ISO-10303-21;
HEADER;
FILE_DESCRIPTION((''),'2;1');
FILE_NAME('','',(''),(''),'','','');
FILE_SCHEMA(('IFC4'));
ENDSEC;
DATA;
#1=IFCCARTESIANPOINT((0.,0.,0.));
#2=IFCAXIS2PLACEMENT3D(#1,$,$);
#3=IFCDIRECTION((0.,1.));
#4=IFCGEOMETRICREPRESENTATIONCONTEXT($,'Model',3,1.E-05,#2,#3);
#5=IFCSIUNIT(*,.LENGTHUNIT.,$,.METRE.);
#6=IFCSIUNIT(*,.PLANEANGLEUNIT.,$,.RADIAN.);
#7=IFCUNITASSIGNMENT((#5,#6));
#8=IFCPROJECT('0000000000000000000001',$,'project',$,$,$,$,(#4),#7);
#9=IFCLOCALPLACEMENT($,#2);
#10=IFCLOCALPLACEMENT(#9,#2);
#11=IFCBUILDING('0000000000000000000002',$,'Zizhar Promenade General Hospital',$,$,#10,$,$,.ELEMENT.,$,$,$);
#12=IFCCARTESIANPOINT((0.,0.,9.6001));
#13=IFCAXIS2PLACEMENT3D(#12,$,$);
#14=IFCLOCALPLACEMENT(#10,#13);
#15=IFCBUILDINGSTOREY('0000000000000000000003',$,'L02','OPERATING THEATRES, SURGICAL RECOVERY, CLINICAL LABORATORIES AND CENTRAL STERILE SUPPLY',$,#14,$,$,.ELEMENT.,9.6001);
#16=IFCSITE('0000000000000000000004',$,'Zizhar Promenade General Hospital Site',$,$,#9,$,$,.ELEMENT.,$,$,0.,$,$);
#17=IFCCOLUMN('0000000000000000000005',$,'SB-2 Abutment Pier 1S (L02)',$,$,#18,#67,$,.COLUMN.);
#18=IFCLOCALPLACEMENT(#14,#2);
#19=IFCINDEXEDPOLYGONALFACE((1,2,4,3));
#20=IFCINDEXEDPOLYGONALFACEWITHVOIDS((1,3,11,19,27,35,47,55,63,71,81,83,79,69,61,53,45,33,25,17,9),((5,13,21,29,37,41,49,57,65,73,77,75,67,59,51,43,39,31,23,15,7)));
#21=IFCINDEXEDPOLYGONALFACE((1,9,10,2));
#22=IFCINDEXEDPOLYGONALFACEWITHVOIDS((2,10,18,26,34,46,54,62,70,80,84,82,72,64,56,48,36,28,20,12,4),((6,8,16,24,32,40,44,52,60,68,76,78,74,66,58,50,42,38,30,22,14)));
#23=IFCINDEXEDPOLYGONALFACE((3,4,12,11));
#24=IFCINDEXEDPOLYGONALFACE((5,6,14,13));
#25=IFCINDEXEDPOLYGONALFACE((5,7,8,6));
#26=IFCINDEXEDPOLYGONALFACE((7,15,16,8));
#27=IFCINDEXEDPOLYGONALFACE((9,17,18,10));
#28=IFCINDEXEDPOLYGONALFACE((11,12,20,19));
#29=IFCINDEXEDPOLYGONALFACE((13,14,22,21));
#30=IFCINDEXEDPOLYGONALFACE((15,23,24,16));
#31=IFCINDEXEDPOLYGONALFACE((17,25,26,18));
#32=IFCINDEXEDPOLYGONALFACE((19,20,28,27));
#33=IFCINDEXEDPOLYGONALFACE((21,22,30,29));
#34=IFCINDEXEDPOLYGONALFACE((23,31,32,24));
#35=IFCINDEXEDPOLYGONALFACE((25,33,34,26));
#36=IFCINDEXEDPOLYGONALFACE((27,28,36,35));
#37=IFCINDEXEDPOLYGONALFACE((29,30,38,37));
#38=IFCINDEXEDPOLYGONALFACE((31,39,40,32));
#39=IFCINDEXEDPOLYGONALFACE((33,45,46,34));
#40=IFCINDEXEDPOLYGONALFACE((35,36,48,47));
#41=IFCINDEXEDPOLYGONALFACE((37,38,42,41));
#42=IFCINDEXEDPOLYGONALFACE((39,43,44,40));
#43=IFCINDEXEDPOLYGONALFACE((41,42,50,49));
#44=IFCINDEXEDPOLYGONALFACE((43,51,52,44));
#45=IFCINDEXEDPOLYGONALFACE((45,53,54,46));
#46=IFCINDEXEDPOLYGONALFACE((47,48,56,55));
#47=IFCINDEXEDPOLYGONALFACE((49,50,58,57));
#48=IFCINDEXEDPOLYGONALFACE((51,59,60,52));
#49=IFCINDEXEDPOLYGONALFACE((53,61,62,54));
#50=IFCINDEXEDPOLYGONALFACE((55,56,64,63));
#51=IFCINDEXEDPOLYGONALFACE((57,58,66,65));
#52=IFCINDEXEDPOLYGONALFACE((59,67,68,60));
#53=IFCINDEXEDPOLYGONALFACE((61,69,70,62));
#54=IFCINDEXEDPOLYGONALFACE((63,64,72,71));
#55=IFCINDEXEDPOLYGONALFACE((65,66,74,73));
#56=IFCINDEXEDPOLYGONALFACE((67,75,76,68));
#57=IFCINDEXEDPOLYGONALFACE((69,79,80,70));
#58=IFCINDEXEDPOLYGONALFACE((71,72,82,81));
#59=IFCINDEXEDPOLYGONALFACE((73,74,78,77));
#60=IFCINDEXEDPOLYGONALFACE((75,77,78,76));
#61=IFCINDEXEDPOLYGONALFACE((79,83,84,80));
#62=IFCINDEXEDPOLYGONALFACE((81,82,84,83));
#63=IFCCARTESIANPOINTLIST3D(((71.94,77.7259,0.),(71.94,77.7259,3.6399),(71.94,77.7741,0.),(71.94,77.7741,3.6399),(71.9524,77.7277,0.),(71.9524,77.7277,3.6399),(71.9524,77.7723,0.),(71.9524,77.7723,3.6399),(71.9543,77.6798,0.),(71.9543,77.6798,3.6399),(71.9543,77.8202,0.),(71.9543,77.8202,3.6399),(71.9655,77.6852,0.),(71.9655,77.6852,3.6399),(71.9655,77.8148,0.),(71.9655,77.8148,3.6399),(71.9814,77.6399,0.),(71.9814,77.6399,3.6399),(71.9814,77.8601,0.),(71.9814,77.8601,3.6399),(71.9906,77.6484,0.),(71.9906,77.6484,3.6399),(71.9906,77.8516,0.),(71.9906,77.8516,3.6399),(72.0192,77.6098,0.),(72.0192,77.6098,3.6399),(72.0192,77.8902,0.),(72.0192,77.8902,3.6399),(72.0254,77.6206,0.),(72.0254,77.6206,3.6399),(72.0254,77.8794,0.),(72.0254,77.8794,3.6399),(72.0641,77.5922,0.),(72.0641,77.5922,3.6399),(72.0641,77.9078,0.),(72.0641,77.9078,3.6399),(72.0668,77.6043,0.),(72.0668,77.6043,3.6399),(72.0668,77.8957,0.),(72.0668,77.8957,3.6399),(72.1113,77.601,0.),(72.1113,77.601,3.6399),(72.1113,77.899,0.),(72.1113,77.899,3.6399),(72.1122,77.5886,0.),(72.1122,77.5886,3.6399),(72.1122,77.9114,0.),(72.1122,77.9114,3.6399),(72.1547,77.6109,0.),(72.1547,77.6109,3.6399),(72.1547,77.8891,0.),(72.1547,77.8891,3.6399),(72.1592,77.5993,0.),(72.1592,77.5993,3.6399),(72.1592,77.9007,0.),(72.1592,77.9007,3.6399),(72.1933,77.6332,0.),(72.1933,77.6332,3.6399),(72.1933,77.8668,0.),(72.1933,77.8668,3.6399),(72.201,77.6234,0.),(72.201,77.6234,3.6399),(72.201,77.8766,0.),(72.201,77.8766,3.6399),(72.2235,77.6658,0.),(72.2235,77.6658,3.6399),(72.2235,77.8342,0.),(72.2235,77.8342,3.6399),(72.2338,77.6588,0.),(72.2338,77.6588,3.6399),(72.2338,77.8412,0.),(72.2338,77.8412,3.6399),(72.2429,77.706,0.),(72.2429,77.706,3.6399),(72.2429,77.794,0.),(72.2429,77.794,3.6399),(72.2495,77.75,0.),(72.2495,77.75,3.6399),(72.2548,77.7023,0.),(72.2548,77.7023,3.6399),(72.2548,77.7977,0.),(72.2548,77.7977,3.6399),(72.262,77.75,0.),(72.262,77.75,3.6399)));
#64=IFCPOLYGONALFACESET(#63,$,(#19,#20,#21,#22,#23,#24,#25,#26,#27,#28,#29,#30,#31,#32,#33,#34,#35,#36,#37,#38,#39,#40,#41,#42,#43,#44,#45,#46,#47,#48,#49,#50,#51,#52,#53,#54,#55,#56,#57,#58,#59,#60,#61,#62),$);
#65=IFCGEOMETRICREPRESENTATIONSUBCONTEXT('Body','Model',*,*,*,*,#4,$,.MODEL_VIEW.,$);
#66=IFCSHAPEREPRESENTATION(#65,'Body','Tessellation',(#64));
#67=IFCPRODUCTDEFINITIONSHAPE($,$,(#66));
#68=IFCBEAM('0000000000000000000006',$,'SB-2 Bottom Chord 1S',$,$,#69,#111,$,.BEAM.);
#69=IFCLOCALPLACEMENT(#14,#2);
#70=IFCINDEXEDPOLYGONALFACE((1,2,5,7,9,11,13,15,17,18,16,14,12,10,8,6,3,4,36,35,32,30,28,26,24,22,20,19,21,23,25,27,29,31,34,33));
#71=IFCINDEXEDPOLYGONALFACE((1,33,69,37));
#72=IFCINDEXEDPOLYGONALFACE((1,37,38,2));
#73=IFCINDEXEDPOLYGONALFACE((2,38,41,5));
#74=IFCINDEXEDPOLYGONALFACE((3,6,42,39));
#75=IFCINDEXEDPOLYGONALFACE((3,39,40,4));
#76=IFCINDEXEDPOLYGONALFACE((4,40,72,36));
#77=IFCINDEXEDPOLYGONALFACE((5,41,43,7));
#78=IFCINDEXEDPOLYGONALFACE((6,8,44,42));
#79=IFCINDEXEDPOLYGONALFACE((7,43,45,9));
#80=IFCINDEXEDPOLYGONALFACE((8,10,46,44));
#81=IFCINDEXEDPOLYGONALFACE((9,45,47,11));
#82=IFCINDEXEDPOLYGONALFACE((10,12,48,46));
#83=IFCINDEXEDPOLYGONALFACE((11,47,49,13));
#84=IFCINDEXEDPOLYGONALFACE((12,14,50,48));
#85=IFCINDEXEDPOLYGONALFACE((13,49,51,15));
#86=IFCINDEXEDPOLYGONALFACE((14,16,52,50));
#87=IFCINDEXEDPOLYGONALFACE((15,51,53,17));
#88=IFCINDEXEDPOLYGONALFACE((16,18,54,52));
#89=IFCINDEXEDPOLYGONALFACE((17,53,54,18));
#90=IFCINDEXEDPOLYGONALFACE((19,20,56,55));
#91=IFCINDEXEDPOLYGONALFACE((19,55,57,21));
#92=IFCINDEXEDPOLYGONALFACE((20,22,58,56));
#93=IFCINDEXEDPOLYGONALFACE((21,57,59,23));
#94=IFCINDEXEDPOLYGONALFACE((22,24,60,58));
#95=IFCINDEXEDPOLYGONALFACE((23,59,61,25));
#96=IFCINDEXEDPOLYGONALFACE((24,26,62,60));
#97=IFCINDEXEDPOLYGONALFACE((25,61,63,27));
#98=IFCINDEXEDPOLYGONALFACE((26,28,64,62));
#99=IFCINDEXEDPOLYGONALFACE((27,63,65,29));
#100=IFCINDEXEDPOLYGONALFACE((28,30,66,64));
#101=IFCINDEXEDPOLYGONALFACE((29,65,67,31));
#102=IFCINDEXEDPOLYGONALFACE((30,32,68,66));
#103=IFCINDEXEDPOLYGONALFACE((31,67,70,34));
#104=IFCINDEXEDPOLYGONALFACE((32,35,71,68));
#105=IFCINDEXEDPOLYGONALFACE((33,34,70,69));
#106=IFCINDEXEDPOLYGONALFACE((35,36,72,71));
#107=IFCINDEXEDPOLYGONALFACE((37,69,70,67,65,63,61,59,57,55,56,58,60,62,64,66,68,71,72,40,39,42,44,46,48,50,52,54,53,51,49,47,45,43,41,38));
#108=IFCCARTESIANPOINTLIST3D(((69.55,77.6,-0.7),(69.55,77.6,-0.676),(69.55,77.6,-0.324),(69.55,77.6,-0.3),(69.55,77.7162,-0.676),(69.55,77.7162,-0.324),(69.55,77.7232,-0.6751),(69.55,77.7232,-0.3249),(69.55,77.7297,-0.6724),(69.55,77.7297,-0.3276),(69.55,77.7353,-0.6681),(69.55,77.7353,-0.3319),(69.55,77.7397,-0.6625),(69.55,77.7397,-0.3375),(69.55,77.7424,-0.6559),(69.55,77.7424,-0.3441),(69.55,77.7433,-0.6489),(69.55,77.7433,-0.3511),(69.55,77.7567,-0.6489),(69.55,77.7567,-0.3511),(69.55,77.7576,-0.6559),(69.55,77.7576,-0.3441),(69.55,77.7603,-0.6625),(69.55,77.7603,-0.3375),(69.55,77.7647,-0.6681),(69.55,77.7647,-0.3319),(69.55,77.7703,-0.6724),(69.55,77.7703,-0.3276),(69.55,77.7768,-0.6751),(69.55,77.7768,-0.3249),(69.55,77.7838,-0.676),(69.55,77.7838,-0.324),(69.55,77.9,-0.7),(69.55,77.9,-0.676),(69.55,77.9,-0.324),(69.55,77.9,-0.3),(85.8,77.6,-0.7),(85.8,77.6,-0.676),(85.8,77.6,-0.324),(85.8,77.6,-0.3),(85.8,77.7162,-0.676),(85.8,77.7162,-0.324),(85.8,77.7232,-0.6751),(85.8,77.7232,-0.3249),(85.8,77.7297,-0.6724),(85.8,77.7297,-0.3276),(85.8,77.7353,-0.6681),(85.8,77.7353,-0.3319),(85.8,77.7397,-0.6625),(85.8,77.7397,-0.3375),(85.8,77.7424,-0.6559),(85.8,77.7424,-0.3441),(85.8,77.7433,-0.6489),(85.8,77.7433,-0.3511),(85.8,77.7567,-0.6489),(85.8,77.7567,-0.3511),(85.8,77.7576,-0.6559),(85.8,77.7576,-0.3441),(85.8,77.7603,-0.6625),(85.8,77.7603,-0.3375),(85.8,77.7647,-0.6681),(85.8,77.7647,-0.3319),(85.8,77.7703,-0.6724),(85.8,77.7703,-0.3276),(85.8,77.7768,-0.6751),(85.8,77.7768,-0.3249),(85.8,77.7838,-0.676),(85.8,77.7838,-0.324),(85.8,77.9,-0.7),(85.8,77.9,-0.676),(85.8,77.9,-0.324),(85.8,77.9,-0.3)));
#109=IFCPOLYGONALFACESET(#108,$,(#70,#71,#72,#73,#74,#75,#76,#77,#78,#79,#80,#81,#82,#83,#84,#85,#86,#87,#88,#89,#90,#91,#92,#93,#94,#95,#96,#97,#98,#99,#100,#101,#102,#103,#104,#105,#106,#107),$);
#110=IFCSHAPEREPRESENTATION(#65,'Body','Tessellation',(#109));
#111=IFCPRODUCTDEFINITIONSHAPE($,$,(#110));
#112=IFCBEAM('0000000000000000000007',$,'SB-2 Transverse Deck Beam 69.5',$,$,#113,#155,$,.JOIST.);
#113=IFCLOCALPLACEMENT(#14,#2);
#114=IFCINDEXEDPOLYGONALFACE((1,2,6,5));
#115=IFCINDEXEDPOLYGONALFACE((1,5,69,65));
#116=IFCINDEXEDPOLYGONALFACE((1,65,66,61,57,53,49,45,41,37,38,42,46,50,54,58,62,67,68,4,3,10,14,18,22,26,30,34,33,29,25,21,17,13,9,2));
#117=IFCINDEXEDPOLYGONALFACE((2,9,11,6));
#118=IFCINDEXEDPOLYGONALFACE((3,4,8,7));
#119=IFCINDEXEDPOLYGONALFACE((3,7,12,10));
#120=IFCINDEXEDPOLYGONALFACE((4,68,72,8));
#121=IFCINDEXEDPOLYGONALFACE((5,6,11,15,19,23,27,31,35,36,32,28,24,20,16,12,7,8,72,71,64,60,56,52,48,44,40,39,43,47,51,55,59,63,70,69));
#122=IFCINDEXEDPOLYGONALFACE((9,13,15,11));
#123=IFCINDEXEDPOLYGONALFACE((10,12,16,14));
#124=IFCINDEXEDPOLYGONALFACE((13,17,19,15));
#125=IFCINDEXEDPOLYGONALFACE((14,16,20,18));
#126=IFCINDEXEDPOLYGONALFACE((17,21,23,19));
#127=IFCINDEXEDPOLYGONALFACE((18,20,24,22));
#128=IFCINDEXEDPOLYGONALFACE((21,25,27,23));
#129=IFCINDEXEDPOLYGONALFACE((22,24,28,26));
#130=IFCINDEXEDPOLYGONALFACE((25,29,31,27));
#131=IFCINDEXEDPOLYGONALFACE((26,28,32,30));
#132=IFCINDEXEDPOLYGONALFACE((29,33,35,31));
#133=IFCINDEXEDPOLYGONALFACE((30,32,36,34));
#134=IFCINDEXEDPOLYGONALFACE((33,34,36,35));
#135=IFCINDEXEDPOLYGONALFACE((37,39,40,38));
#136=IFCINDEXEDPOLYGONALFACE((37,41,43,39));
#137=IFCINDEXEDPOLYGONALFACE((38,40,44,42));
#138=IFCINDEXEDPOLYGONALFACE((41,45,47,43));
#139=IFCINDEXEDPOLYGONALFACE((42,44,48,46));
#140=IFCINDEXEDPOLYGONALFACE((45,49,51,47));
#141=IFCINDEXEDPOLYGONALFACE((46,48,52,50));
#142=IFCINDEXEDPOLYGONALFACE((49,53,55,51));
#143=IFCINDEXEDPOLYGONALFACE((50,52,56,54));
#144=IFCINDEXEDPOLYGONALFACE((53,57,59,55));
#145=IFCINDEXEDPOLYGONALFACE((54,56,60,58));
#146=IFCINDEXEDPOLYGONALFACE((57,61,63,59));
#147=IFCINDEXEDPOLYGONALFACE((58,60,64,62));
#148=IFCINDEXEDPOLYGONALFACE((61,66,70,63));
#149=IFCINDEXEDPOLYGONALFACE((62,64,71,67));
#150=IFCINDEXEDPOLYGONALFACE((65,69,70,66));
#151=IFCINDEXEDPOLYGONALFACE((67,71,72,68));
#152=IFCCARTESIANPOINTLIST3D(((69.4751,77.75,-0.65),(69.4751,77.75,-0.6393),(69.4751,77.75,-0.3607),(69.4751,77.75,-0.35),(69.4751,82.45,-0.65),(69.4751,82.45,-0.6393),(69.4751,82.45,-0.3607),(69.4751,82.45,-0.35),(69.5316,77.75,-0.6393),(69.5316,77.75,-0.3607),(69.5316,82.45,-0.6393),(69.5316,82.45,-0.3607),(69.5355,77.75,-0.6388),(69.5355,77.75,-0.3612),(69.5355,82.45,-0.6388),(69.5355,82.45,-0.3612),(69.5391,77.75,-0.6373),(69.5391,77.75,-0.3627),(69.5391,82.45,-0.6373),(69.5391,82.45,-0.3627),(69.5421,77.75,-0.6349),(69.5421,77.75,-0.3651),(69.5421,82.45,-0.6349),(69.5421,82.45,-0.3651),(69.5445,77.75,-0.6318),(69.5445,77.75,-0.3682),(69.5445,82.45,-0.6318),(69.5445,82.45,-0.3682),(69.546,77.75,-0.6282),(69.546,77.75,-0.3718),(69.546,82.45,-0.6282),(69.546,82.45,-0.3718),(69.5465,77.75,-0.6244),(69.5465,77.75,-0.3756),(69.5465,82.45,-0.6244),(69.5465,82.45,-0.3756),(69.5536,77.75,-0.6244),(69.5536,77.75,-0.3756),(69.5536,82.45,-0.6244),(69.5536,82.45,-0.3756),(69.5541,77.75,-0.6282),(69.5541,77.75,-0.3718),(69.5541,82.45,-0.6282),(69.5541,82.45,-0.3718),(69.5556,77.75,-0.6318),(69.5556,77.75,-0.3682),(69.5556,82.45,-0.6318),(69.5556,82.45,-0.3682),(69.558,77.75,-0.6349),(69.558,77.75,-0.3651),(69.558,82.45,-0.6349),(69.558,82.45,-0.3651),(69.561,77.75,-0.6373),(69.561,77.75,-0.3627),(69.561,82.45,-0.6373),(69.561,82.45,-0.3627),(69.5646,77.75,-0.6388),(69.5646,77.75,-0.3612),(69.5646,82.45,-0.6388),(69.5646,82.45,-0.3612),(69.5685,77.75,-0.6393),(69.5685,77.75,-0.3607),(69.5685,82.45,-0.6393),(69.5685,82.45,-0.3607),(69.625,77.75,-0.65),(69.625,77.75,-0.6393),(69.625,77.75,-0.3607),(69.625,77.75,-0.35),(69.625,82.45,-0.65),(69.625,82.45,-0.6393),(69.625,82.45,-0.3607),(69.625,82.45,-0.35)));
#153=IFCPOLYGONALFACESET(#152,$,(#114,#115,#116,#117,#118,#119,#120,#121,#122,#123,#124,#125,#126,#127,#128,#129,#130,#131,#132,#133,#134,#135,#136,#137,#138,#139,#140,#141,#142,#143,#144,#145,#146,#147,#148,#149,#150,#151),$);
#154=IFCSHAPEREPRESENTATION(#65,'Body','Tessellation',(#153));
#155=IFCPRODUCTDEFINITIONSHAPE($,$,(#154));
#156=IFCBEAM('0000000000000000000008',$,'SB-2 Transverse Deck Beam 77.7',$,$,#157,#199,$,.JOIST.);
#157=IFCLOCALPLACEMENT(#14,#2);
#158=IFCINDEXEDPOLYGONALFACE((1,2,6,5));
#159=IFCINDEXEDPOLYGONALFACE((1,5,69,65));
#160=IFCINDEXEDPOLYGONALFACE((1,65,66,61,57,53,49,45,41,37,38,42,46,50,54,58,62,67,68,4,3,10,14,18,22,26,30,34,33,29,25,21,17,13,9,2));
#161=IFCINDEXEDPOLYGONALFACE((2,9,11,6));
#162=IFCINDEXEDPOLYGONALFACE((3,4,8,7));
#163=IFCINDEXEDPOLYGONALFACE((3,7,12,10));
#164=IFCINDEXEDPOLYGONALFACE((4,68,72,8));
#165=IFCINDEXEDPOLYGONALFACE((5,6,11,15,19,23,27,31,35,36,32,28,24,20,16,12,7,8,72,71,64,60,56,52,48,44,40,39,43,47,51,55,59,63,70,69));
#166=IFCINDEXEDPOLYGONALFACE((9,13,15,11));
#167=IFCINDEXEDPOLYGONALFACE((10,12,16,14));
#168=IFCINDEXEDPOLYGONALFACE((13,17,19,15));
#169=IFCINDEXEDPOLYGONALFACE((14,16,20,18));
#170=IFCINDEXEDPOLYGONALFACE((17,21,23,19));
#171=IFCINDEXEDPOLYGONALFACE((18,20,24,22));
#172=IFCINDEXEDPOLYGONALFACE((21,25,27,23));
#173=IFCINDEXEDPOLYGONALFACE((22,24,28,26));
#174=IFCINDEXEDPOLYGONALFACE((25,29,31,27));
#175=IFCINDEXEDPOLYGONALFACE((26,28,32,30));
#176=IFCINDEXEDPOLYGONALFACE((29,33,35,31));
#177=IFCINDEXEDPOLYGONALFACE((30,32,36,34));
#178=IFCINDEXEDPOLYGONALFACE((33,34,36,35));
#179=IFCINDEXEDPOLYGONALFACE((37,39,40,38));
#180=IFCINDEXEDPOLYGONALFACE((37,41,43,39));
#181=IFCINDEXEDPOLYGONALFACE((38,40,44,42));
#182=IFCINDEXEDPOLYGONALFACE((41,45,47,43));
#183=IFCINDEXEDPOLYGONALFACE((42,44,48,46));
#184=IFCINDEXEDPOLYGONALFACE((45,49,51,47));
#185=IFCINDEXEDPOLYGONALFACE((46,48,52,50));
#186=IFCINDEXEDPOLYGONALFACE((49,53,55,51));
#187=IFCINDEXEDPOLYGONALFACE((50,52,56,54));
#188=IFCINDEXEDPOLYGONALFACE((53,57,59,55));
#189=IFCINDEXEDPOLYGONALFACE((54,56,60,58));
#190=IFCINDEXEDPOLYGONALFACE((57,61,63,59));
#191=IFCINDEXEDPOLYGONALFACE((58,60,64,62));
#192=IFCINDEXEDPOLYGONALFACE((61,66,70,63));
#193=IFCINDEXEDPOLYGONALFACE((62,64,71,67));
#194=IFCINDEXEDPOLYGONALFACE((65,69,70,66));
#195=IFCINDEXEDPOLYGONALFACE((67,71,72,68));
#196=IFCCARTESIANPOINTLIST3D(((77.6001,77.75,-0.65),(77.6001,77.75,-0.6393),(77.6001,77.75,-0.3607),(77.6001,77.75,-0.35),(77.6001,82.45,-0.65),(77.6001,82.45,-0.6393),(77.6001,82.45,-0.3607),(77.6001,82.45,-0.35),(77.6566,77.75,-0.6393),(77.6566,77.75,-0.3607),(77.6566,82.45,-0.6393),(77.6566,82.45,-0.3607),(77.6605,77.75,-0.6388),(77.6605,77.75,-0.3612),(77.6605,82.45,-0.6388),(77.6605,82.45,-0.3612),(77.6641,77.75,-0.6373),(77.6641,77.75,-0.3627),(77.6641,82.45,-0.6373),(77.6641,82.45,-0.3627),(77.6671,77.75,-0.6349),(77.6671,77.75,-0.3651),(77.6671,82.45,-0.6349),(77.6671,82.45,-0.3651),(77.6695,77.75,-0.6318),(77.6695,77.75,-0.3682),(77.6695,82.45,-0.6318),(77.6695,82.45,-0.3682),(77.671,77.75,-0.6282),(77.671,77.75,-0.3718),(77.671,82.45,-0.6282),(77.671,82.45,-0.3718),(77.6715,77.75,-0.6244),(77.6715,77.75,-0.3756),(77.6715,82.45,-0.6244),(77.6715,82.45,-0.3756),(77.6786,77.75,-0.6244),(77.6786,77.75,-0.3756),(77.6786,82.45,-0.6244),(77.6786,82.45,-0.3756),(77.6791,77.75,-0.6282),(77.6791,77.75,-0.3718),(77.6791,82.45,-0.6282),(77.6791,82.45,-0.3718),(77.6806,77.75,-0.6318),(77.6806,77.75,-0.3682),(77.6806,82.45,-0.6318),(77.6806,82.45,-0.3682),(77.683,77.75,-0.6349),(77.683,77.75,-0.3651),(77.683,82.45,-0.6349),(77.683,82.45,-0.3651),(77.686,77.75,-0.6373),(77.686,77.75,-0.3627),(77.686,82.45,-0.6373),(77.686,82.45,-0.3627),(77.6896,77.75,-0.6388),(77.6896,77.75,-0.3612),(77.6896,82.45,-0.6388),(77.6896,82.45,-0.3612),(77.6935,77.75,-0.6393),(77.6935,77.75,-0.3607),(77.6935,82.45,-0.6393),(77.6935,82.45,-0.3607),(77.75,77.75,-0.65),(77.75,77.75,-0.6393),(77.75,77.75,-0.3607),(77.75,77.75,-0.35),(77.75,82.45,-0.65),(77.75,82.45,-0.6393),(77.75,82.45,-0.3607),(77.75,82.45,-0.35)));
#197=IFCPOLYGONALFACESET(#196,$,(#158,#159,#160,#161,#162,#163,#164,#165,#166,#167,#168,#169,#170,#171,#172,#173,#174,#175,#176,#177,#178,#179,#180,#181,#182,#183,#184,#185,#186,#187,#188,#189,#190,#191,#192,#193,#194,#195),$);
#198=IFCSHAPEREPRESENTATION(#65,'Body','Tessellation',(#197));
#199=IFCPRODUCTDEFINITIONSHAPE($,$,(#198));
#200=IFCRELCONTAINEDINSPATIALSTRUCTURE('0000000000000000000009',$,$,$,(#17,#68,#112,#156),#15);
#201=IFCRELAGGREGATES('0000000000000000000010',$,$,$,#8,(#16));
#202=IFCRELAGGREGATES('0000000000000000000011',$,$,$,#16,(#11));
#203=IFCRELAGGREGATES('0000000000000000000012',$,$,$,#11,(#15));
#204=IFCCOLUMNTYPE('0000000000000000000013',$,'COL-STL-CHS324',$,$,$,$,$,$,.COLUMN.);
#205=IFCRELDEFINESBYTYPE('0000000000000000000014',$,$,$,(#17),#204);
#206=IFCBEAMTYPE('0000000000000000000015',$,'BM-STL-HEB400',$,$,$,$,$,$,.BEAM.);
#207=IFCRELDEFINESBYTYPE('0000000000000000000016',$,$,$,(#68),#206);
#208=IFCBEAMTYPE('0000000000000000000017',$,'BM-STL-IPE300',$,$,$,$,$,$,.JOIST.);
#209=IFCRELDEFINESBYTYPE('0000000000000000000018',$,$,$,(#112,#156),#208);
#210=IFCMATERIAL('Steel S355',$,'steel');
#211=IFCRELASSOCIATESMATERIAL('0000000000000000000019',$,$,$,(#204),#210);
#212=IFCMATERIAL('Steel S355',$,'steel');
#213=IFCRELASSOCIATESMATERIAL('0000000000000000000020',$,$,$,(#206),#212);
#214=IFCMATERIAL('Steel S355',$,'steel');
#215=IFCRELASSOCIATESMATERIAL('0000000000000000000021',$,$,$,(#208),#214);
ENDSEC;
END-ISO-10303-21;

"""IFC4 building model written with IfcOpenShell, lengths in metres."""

from ifc_helpers import new_model, si_unit, direction, frame, origin, origin_2d, place, context, subcontext, project, spatial, hollow_circle, i_section, extrude, material, material_profile, profile_set, type_object, element, save


model = new_model("IFC4")

# Units and contexts
model_context = context("Model", 3, precision=1e-05, world=origin(), true_north=direction((0.0, 1.0)))
body_context = subcontext(model_context, "Body", "Model", "MODEL_VIEW")
ifc_project = project(units=[si_unit("LENGTHUNIT", "METRE"), si_unit("PLANEANGLEUNIT", "RADIAN")], contexts=[model_context])

# Site, building, storey
site_placement = place(None, origin())
site = spatial("IfcSite", under=ifc_project, at=site_placement, Name="Zizhar Promenade General Hospital Site", CompositionType="ELEMENT", RefElevation=0.0)
building_placement = place(site_placement, origin())
building = spatial("IfcBuilding", under=site, at=building_placement, Name="Zizhar Promenade General Hospital", CompositionType="ELEMENT")
storey_placement = place(building_placement, frame((0.0, 0.0, 9.6001)))
storey = spatial("IfcBuildingStorey", under=building, at=storey_placement, Name="L02", Description="OPERATING THEATRES, SURGICAL RECOVERY, CLINICAL LABORATORIES AND CENTRAL STERILE SUPPLY", CompositionType="ELEMENT", Elevation=9.6001)

# Column
ifc_material_1 = material(Name="Steel S355", Category="steel")
ifc_material_profile_1 = material_profile(ifc_material_1, hollow_circle(Radius=0.1619, WallThickness=0.0125, at=origin_2d()))
ifc_profile_set_1 = profile_set([ifc_material_profile_1], Name="Steel S355")
column_type = type_object("IfcColumnType", Name="COL-STL-CHS324", PredefinedType="COLUMN", material=ifc_profile_set_1)
column_placement = place(storey_placement, frame((72.1001, 77.75, 0.0), z_axis=(0.0, 0.0, 1.0), x_axis=(1.0, 0.0, 0.0)))
element("IfcColumn", 1, at=column_placement, inside=storey, type_object=column_type, Name="SB-2 Abutment Pier 1S (L02)", PredefinedType="COLUMN", context=body_context, shape_type="SweptSolid", body=[
    extrude(hollow_circle(Radius=0.1619, WallThickness=0.0125, at=origin_2d()), origin(), (0.0, 0.0, 1.0), 3.6399),
])

# Beams
ifc_material_2 = material(Name="Steel S355", Category="steel")
ifc_material_profile_2 = material_profile(ifc_material_2, i_section(OverallWidth=0.3, OverallDepth=0.3999, WebThickness=0.0134, FlangeThickness=0.0239, FilletRadius=0.0271, at=origin_2d()))
ifc_profile_set_2 = profile_set([ifc_material_profile_2], Name="Steel S355")
beam_type_1 = type_object("IfcBeamType", Name="BM-STL-HEB400", PredefinedType="BEAM", material=ifc_profile_set_2)
beam_placement = place(storey_placement, frame((69.55, 77.75, -0.5), z_axis=(1.0, 0.0, 0.0), x_axis=(0.0, 1.0, 0.0)))
element("IfcBeam", 2, at=beam_placement, inside=storey, type_object=beam_type_1, Name="SB-2 Bottom Chord 1S", PredefinedType="BEAM", context=body_context, shape_type="SweptSolid", body=[
    extrude(i_section(OverallWidth=0.3, OverallDepth=0.3999, WebThickness=0.0134, FlangeThickness=0.0239, FilletRadius=0.0271, at=origin_2d()), origin(), (0.0, 0.0, 1.0), 16.25),
])
ifc_material_3 = material(Name="Steel S355", Category="steel")
ifc_material_profile_3 = material_profile(ifc_material_3, i_section(OverallWidth=0.1499, OverallDepth=0.3, WebThickness=0.0071, FlangeThickness=0.0107, FilletRadius=0.0149, at=origin_2d()))
ifc_profile_set_3 = profile_set([ifc_material_profile_3], Name="Steel S355")
beam_type_2 = type_object("IfcBeamType", Name="BM-STL-IPE300", PredefinedType="JOIST", material=ifc_profile_set_3)
for number, where, z_axis, x_axis, name in (
    (3, (69.55, 77.75, -0.5), (0.0, 1.0, 0.0), (-1.0, 0.0, 0.0), "SB-2 Transverse Deck Beam 69.5"),
    (4, (77.675, 77.75, -0.5), (0.0, 1.0, 0.0), (-1.0, 0.0, 0.0), "SB-2 Transverse Deck Beam 77.7"),
):
    element("IfcBeam", number, at=place(storey_placement, frame(where, z_axis=z_axis, x_axis=x_axis)), inside=storey, type_object=beam_type_2, Name=name, PredefinedType="JOIST", context=body_context, shape_type="SweptSolid", body=[
        extrude(i_section(OverallWidth=0.1499, OverallDepth=0.3, WebThickness=0.0071, FlangeThickness=0.0107, FilletRadius=0.0149, at=origin_2d()), origin(), (0.0, 0.0, 1.0), 4.7),
    ])

save(model, "model.ifc")
